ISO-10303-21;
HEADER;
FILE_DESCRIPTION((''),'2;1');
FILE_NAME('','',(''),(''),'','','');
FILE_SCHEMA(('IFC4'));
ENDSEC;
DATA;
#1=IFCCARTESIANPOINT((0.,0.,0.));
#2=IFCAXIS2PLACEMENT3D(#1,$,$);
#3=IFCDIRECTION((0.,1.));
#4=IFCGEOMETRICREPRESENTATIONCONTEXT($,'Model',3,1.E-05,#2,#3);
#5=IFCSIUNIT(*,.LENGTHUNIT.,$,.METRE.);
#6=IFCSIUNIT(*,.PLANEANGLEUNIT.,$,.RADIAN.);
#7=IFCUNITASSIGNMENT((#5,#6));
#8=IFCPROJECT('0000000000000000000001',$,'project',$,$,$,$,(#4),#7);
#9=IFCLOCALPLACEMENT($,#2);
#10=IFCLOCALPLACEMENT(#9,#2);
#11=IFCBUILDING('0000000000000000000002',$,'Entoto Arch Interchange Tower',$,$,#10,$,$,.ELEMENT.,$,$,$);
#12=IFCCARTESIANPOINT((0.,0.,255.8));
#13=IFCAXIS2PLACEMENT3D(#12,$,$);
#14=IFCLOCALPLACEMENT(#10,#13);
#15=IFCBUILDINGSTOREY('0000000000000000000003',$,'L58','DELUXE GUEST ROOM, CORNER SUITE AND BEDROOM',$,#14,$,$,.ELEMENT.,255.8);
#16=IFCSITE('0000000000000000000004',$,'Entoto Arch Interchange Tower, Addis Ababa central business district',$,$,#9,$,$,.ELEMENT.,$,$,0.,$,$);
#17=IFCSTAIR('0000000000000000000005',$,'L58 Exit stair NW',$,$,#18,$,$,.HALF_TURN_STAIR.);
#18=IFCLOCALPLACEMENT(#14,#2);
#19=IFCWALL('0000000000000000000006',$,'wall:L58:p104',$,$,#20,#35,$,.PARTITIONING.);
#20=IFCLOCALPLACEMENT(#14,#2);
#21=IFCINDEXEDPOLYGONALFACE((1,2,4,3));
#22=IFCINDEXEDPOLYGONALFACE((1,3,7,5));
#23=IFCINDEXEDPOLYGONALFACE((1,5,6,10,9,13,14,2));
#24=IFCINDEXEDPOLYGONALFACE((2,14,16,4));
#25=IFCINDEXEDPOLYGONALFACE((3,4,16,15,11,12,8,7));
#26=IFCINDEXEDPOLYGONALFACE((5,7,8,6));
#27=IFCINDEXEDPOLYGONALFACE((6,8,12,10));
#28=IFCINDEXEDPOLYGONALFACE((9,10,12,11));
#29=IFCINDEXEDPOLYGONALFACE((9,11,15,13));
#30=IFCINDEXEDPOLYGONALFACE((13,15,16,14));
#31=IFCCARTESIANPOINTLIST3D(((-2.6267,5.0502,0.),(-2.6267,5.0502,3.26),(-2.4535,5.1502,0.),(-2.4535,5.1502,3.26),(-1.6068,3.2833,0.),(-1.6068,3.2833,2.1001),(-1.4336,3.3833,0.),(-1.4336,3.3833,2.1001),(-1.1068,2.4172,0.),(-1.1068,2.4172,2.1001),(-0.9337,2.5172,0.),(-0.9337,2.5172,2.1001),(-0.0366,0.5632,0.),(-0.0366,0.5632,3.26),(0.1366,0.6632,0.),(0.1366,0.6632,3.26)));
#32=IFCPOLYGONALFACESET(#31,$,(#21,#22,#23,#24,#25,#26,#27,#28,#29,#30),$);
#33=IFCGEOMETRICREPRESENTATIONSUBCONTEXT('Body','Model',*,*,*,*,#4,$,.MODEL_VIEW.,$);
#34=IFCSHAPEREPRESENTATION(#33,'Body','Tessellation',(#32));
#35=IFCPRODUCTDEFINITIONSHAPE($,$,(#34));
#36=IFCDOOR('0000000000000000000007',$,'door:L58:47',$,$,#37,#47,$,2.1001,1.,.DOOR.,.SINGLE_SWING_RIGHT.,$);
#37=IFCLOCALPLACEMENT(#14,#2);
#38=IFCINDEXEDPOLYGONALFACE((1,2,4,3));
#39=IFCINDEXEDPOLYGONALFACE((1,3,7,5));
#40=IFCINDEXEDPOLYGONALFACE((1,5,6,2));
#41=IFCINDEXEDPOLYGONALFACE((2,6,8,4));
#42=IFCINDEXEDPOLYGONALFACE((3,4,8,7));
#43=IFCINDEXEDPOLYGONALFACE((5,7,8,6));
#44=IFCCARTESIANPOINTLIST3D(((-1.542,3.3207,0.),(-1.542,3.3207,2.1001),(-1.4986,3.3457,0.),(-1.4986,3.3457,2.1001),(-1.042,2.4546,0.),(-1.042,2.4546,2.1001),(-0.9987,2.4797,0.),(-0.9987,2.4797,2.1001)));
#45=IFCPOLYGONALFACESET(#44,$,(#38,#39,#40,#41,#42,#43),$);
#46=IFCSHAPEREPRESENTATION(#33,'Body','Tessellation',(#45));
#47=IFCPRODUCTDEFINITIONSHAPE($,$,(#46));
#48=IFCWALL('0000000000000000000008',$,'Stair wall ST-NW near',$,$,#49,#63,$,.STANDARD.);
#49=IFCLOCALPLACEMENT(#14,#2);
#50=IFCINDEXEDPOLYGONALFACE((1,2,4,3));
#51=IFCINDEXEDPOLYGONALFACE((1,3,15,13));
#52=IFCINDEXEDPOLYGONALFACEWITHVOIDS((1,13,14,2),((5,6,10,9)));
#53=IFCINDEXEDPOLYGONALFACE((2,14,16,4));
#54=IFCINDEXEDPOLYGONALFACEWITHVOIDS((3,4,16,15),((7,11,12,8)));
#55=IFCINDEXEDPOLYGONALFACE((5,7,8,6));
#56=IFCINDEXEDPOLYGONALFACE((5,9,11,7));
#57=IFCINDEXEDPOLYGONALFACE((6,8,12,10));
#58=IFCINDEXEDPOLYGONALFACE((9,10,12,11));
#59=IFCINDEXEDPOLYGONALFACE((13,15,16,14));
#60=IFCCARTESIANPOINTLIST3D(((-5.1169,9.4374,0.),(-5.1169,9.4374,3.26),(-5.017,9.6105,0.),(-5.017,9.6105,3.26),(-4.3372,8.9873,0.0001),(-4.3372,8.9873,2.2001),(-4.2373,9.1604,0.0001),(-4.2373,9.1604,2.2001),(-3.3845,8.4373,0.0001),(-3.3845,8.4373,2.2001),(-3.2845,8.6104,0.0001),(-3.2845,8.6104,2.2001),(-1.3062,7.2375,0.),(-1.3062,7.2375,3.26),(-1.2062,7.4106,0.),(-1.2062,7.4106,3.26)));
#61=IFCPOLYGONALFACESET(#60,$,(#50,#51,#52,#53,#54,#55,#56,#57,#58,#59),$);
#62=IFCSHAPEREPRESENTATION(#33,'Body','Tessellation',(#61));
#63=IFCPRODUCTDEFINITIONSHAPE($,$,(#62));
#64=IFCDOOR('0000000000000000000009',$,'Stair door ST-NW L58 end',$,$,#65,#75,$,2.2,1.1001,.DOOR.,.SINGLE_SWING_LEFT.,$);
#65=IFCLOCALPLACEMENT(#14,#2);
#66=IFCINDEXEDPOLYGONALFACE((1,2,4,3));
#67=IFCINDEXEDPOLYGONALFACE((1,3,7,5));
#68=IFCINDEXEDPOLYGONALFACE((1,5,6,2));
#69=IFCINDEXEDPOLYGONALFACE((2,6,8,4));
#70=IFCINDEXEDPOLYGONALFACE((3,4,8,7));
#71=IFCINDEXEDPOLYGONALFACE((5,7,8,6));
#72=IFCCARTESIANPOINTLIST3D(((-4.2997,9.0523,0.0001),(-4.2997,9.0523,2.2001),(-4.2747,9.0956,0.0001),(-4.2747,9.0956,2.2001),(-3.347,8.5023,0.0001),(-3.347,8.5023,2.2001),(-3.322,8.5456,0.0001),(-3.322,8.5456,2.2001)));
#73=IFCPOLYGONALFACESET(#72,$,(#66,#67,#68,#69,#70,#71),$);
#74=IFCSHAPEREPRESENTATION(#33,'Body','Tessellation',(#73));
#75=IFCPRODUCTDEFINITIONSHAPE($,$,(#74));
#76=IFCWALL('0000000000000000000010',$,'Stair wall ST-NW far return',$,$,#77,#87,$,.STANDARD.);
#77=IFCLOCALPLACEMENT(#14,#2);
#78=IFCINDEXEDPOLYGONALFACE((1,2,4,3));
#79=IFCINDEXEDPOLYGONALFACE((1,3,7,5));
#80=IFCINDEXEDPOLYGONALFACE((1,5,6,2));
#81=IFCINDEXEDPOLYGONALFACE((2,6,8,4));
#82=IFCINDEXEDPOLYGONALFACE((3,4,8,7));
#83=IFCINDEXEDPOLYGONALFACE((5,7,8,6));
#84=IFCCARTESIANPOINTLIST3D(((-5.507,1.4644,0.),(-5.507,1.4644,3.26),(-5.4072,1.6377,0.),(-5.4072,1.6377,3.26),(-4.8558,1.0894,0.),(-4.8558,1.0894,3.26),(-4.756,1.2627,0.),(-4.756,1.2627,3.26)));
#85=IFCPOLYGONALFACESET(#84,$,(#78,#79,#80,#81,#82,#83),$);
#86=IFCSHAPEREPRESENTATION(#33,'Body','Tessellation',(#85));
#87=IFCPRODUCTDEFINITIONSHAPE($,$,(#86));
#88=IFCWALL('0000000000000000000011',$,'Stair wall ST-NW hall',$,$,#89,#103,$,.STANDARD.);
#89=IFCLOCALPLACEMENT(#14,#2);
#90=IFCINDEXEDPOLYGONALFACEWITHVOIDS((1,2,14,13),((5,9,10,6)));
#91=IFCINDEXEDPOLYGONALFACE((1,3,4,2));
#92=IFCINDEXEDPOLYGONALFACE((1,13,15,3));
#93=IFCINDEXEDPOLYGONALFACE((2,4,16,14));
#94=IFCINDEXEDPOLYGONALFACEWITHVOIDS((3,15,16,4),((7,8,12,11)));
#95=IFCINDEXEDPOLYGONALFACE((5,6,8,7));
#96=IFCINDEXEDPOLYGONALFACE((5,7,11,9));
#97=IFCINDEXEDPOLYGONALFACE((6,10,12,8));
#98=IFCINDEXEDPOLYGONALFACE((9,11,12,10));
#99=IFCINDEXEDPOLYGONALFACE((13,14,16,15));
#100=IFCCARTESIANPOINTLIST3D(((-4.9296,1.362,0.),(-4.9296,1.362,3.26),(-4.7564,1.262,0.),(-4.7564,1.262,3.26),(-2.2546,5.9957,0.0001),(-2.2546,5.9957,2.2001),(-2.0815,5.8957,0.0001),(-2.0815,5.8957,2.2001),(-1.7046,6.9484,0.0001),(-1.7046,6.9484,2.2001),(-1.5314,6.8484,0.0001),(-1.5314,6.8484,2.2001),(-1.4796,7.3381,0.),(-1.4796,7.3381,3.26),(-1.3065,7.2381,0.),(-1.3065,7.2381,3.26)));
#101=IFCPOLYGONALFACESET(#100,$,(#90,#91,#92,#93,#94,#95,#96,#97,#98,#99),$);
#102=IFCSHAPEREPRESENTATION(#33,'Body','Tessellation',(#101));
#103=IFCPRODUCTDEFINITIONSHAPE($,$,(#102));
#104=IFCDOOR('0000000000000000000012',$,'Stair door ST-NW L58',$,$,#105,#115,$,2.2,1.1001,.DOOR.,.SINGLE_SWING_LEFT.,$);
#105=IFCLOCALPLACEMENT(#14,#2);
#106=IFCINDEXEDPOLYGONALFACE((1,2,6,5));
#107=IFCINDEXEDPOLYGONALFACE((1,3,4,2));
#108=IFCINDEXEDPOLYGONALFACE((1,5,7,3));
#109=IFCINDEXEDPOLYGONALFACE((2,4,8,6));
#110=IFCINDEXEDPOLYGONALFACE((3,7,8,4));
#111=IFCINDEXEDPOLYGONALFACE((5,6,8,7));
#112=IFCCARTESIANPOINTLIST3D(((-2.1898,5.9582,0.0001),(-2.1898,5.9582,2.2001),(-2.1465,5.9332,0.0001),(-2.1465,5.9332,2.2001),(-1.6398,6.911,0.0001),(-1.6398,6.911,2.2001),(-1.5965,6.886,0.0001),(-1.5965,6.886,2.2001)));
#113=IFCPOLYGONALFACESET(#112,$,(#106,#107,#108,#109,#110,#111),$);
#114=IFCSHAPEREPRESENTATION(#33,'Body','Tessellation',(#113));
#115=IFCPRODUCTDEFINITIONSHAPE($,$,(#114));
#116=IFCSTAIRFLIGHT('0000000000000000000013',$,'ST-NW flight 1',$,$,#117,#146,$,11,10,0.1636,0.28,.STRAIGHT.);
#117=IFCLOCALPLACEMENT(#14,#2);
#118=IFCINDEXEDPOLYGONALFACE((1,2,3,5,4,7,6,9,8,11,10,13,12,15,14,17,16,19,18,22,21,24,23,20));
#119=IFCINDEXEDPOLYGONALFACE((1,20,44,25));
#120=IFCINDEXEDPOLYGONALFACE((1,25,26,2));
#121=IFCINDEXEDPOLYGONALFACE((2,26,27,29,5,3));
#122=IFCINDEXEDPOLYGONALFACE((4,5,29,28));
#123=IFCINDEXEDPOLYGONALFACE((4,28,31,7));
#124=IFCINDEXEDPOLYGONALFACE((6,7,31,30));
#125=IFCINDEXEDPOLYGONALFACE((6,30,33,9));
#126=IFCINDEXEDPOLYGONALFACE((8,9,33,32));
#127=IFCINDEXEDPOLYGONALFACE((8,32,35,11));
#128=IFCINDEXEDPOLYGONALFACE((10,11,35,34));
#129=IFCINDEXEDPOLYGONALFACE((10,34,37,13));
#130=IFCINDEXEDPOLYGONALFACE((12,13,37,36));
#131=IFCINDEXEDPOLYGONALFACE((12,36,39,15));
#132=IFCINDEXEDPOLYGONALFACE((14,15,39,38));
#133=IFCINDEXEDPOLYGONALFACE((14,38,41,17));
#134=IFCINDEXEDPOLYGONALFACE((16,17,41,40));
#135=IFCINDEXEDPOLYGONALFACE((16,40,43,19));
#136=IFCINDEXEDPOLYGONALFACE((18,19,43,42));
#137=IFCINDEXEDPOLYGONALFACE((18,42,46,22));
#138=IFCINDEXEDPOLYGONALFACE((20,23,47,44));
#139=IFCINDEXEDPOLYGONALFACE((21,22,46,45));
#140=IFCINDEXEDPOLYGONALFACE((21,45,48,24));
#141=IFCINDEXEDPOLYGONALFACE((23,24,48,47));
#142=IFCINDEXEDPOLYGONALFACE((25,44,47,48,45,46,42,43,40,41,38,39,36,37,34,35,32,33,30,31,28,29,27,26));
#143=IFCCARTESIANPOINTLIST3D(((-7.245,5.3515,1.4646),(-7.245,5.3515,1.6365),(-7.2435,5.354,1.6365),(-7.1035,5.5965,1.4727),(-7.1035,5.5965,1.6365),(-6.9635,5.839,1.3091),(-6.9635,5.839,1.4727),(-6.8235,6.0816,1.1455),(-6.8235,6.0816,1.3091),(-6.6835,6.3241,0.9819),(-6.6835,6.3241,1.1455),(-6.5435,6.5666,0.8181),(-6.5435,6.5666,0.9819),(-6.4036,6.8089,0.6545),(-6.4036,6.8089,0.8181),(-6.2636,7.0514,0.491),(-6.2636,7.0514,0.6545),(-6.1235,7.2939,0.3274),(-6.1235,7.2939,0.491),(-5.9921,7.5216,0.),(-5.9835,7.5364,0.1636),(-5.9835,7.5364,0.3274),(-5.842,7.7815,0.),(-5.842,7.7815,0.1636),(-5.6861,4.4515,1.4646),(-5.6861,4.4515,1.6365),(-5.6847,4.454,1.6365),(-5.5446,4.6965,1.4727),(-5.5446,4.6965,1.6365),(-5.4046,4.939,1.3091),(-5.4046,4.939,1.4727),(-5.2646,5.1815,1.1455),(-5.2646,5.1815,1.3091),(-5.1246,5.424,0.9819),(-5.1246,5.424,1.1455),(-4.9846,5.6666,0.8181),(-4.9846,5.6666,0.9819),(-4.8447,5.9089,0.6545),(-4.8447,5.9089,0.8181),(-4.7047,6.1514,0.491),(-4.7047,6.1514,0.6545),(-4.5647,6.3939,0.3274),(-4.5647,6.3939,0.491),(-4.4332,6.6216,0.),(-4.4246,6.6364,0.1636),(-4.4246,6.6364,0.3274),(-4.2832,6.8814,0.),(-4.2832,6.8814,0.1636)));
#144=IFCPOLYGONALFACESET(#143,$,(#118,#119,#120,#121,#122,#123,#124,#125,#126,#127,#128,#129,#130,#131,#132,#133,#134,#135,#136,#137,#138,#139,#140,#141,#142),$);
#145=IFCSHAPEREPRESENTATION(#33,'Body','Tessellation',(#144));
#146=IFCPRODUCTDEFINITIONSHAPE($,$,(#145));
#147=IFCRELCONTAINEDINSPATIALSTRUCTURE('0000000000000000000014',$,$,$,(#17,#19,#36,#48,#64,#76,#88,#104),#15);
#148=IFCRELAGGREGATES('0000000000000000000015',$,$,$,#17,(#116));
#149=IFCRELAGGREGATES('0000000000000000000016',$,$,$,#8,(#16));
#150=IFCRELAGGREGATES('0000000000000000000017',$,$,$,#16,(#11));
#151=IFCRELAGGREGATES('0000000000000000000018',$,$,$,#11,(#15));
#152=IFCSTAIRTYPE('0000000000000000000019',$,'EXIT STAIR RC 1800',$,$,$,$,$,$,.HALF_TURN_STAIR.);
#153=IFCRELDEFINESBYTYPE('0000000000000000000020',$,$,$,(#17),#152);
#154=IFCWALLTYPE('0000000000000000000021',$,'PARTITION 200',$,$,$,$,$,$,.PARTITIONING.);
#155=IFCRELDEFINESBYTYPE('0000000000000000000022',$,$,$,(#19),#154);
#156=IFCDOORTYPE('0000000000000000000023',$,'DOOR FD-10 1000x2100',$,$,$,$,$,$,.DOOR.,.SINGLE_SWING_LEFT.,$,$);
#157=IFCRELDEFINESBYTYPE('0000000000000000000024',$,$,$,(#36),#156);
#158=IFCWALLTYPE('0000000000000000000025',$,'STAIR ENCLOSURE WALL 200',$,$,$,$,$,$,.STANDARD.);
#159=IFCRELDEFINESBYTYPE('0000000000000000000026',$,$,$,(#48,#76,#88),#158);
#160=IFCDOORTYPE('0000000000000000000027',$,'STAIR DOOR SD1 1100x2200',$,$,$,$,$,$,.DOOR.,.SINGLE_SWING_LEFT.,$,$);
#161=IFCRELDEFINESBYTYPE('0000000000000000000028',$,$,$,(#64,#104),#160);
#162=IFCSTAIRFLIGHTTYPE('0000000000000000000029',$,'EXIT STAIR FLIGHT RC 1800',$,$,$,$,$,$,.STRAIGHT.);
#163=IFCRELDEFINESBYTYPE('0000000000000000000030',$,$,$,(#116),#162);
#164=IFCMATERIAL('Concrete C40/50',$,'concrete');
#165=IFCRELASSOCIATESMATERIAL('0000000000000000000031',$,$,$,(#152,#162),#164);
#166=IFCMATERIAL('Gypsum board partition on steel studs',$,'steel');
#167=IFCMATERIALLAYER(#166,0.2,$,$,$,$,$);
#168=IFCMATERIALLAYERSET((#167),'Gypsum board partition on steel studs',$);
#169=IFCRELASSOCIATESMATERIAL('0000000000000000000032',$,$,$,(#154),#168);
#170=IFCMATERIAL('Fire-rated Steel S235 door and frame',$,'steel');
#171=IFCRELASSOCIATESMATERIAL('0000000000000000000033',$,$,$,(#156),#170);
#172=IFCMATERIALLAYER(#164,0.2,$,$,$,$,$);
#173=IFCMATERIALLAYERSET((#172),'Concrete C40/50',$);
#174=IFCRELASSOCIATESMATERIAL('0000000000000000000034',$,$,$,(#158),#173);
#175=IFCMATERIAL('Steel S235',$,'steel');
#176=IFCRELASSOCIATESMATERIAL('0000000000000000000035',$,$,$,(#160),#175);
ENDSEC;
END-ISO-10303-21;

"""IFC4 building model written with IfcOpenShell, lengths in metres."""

from ifc_helpers import new_model, si_unit, direction, frame, frame_2d, origin, place, context, subcontext, project, spatial, polyline, rectangle, outline, extrude, material, layer, layer_set, type_object, element, fill, aggregate, save


model = new_model("IFC4")

# Units and contexts
model_context = context("Model", 3, precision=1e-05, world=origin(), true_north=direction((0.0, 1.0)))
body_context = subcontext(model_context, "Body", "Model", "MODEL_VIEW")
ifc_project = project(units=[si_unit("LENGTHUNIT", "METRE"), si_unit("PLANEANGLEUNIT", "RADIAN")], contexts=[model_context])

# Site, building, storey
site_placement = place(None, origin())
site = spatial("IfcSite", under=ifc_project, at=site_placement, Name="Entoto Arch Interchange Tower, Addis Ababa central business district", CompositionType="ELEMENT", RefElevation=0.0)
building_placement = place(site_placement, origin())
building = spatial("IfcBuilding", under=site, at=building_placement, Name="Entoto Arch Interchange Tower", CompositionType="ELEMENT")
storey_placement = place(building_placement, frame((0.0, 0.0, 255.8)))
storey = spatial("IfcBuildingStorey", under=building, at=storey_placement, Name="L58", Description="DELUXE GUEST ROOM, CORNER SUITE AND BEDROOM", CompositionType="ELEMENT", Elevation=255.8)

# Shared definitions
ifc_material_1 = material(Name="Concrete C40/50", Category="concrete")

# Stair
stair_type = type_object("IfcStairType", Name="EXIT STAIR RC 1800", PredefinedType="HALF_TURN_STAIR", material=ifc_material_1)
stair_1_placement = place(storey_placement, origin())
stair_1 = element("IfcStair", 1, at=stair_1_placement, inside=storey, type_object=stair_type, Name="L58 Exit stair NW", PredefinedType="HALF_TURN_STAIR")

# Walls, openings, doors
ifc_material_2 = material(Name="Gypsum board partition on steel studs", Category="steel")
ifc_layer_1 = layer(ifc_material_2, 0.2)
ifc_layer_set_1 = layer_set([ifc_layer_1], Name="Gypsum board partition on steel studs")
wall_type_1 = type_object("IfcWallType", Name="PARTITION 200", PredefinedType="PARTITIONING", material=ifc_layer_set_1)
wall_1_placement = place(storey_placement, frame((-2.54, 5.1001, 0.0), z_axis=(0.0, 0.0, 1.0), x_axis=(0.499925, -0.866069, 0.0)))
wall_1 = element("IfcWall", 2, at=wall_1_placement, inside=storey, type_object=wall_type_1, Name="wall:L58:p104", PredefinedType="PARTITIONING", context=body_context, shape_type="SweptSolid", body=[
    extrude(rectangle(XDim=5.1809, YDim=0.2, at=frame_2d((2.5903, 0.0))), origin(), (0.0, 0.0, 1.0), 3.26),
])
opening_1_placement = place(wall_1_placement, frame((2.04, 0.0, 0.0)))
opening_1 = element("IfcOpeningElement", 3, at=opening_1_placement, cuts=wall_1, PredefinedType="OPENING", context=body_context, shape_type="SweptSolid", body=[
    extrude(rectangle(XDim=1.0, YDim=2.1001, at=frame_2d((0.5, 1.05))), frame((0.0, 0.1099, 0.0), z_axis=(0.0, -1.0, 0.0), x_axis=(1.0, 0.0, 0.0)), (0.0, 0.0, 1.0), 0.22),
])
ifc_material_3 = material(Name="Fire-rated Steel S235 door and frame", Category="steel")
door_type_1 = type_object("IfcDoorType", Name="DOOR FD-10 1000x2100", OperationType="SINGLE_SWING_LEFT", PredefinedType="DOOR", material=ifc_material_3)
door_1_placement = place(opening_1_placement, origin())
door_1 = element("IfcDoor", 4, at=door_1_placement, inside=storey, type_object=door_type_1, Name="door:L58:47", OperationType="SINGLE_SWING_RIGHT", OverallHeight=2.1001, OverallWidth=1.0, PredefinedType="DOOR", context=body_context, shape_type="SweptSolid", body=[
    extrude(rectangle(XDim=1.0, YDim=2.1001, at=frame_2d((0.5, 1.05))), frame((0.0, 0.0249, 0.0), z_axis=(0.0, -1.0, 0.0), x_axis=(1.0, 0.0, 0.0)), (0.0, 0.0, 1.0), 0.05),
])
fill(opening_1, door_1)
ifc_layer_2 = layer(ifc_material_1, 0.2)
ifc_layer_set_2 = layer_set([ifc_layer_2], Name="Concrete C40/50")
wall_type_2 = type_object("IfcWallType", Name="STAIR ENCLOSURE WALL 200", PredefinedType="STANDARD", material=ifc_layer_set_2)
wall_2_placement = place(storey_placement, frame((-1.2561, 7.324, 0.0), z_axis=(0.0, 0.0, 1.0), x_axis=(-0.866046, 0.499964, 0.0)))
wall_2 = element("IfcWall", 5, at=wall_2_placement, inside=storey, type_object=wall_type_2, Name="Stair wall ST-NW near", PredefinedType="STANDARD", context=body_context, shape_type="SweptSolid", body=[
    extrude(rectangle(XDim=4.4001, YDim=0.2, at=frame_2d((2.2002, 0.0))), origin(), (0.0, 0.0, 1.0), 3.26),
])
opening_2_placement = place(wall_2_placement, frame((2.3999, 0.0, 0.0)))
opening_2 = element("IfcOpeningElement", 6, at=opening_2_placement, cuts=wall_2, PredefinedType="OPENING", context=body_context, shape_type="SweptSolid", body=[
    extrude(rectangle(XDim=1.1001, YDim=2.2, at=frame_2d((0.55, 1.1001))), frame((0.0, 0.1099, 0.0), z_axis=(0.0, -1.0, 0.0), x_axis=(1.0, 0.0, 0.0)), (0.0, 0.0, 1.0), 0.22),
])
ifc_material_4 = material(Name="Steel S235", Category="steel")
door_type_2 = type_object("IfcDoorType", Name="STAIR DOOR SD1 1100x2200", OperationType="SINGLE_SWING_LEFT", PredefinedType="DOOR", material=ifc_material_4)
door_2_placement = place(opening_2_placement, origin())
door_2 = element("IfcDoor", 7, at=door_2_placement, inside=storey, type_object=door_type_2, Name="Stair door ST-NW L58 end", OperationType="SINGLE_SWING_LEFT", OverallHeight=2.2, OverallWidth=1.1001, PredefinedType="DOOR", context=body_context, shape_type="SweptSolid", body=[
    extrude(rectangle(XDim=1.1001, YDim=2.2, at=frame_2d((0.55, 1.1001))), frame((0.0, 0.0249, 0.0), z_axis=(0.0, -1.0, 0.0), x_axis=(1.0, 0.0, 0.0)), (0.0, 0.0, 1.0), 0.05),
])
fill(opening_2, door_2)

# Wall
wall_3_placement = place(storey_placement, frame((-4.8059, 1.176, 0.0), z_axis=(0.0, 0.0, 1.0), x_axis=(-0.866559, 0.499075, 0.0)))
element("IfcWall", 8, at=wall_3_placement, inside=storey, type_object=wall_type_2, Name="Stair wall ST-NW far return", PredefinedType="STANDARD", context=body_context, shape_type="SweptSolid", body=[
    extrude(rectangle(XDim=0.7515, YDim=0.2, at=frame_2d((0.3757, 0.0))), origin(), (0.0, 0.0, 1.0), 3.26),
])

# Wall, opening, door
wall_4_placement = place(storey_placement, frame((-1.3931, 7.2881, 0.0), z_axis=(0.0, 0.0, 1.0), x_axis=(-0.499963, -0.866047, 0.0)))
wall_4 = element("IfcWall", 9, at=wall_4_placement, inside=storey, type_object=wall_type_2, Name="Stair wall ST-NW hall", PredefinedType="STANDARD", context=body_context, shape_type="SweptSolid", body=[
    extrude(rectangle(XDim=6.9004, YDim=0.2, at=frame_2d((3.4502, 0.0))), origin(), (0.0, 0.0, 1.0), 3.26),
])
opening_3_placement = place(wall_4_placement, frame((0.45, 0.0, 0.0)))
opening_3 = element("IfcOpeningElement", 10, at=opening_3_placement, cuts=wall_4, PredefinedType="OPENING", context=body_context, shape_type="SweptSolid", body=[
    extrude(rectangle(XDim=1.1001, YDim=2.2, at=frame_2d((0.55, 1.1001))), frame((0.0, 0.1099, 0.0), z_axis=(0.0, -1.0, 0.0), x_axis=(1.0, 0.0, 0.0)), (0.0, 0.0, 1.0), 0.22),
])
door_3_placement = place(opening_3_placement, origin())
door_3 = element("IfcDoor", 11, at=door_3_placement, inside=storey, type_object=door_type_2, Name="Stair door ST-NW L58", OperationType="SINGLE_SWING_LEFT", OverallHeight=2.2, OverallWidth=1.1001, PredefinedType="DOOR", context=body_context, shape_type="SweptSolid", body=[
    extrude(rectangle(XDim=1.1001, YDim=2.2, at=frame_2d((0.55, 1.1001))), frame((0.0, 0.0249, 0.0), z_axis=(0.0, -1.0, 0.0), x_axis=(1.0, 0.0, 0.0)), (0.0, 0.0, 1.0), 0.05),
])
fill(opening_3, door_3)

# Stair flight
stair_flight_type = type_object("IfcStairFlightType", Name="EXIT STAIR FLIGHT RC 1800", PredefinedType="STRAIGHT", material=ifc_material_1)
stair_flight_1_placement = place(storey_placement, frame((-5.064, 7.3289, 0.0), z_axis=(0.0, 0.0, 1.0), x_axis=(-0.5, -0.866025, 0.0)))
stair_flight_1 = element("IfcStairFlight", 12, at=stair_flight_1_placement, type_object=stair_flight_type, Name="ST-NW flight 1", NumberOfRisers=11, NumberOfTreads=10, PredefinedType="STRAIGHT", RiserHeight=0.1636, TreadLength=0.28, context=body_context, shape_type="SweptSolid", body=[
    extrude(outline(polyline([(-0.0029, 0.0), (-0.0029, 0.1636), (0.28, 0.1636), (0.28, 0.3274), (0.5601, 0.3274), (0.5601, 0.491), (0.8401, 0.491), (0.8401, 0.6545), (1.1201, 0.6545), (1.1201, 0.8181), (1.3999, 0.8181), (1.3999, 0.9819), (1.6799, 0.9819), (1.6799, 1.1455), (1.96, 1.1455), (1.96, 1.3091), (2.24, 1.3091), (2.24, 1.4727), (2.52, 1.4727), (2.52, 1.6365), (2.8, 1.6365), (2.803, 1.6365), (2.803, 1.4646), (0.2971, 0.0), (-0.0029, 0.0)])), frame((0.0, 0.8999, 0.0), z_axis=(0.0, -1.0, 0.0), x_axis=(1.0, 0.0, 0.0)), (0.0, 0.0, 1.0), 1.8),
])
aggregate(stair_1, [stair_flight_1])

save(model, "model.ifc")
